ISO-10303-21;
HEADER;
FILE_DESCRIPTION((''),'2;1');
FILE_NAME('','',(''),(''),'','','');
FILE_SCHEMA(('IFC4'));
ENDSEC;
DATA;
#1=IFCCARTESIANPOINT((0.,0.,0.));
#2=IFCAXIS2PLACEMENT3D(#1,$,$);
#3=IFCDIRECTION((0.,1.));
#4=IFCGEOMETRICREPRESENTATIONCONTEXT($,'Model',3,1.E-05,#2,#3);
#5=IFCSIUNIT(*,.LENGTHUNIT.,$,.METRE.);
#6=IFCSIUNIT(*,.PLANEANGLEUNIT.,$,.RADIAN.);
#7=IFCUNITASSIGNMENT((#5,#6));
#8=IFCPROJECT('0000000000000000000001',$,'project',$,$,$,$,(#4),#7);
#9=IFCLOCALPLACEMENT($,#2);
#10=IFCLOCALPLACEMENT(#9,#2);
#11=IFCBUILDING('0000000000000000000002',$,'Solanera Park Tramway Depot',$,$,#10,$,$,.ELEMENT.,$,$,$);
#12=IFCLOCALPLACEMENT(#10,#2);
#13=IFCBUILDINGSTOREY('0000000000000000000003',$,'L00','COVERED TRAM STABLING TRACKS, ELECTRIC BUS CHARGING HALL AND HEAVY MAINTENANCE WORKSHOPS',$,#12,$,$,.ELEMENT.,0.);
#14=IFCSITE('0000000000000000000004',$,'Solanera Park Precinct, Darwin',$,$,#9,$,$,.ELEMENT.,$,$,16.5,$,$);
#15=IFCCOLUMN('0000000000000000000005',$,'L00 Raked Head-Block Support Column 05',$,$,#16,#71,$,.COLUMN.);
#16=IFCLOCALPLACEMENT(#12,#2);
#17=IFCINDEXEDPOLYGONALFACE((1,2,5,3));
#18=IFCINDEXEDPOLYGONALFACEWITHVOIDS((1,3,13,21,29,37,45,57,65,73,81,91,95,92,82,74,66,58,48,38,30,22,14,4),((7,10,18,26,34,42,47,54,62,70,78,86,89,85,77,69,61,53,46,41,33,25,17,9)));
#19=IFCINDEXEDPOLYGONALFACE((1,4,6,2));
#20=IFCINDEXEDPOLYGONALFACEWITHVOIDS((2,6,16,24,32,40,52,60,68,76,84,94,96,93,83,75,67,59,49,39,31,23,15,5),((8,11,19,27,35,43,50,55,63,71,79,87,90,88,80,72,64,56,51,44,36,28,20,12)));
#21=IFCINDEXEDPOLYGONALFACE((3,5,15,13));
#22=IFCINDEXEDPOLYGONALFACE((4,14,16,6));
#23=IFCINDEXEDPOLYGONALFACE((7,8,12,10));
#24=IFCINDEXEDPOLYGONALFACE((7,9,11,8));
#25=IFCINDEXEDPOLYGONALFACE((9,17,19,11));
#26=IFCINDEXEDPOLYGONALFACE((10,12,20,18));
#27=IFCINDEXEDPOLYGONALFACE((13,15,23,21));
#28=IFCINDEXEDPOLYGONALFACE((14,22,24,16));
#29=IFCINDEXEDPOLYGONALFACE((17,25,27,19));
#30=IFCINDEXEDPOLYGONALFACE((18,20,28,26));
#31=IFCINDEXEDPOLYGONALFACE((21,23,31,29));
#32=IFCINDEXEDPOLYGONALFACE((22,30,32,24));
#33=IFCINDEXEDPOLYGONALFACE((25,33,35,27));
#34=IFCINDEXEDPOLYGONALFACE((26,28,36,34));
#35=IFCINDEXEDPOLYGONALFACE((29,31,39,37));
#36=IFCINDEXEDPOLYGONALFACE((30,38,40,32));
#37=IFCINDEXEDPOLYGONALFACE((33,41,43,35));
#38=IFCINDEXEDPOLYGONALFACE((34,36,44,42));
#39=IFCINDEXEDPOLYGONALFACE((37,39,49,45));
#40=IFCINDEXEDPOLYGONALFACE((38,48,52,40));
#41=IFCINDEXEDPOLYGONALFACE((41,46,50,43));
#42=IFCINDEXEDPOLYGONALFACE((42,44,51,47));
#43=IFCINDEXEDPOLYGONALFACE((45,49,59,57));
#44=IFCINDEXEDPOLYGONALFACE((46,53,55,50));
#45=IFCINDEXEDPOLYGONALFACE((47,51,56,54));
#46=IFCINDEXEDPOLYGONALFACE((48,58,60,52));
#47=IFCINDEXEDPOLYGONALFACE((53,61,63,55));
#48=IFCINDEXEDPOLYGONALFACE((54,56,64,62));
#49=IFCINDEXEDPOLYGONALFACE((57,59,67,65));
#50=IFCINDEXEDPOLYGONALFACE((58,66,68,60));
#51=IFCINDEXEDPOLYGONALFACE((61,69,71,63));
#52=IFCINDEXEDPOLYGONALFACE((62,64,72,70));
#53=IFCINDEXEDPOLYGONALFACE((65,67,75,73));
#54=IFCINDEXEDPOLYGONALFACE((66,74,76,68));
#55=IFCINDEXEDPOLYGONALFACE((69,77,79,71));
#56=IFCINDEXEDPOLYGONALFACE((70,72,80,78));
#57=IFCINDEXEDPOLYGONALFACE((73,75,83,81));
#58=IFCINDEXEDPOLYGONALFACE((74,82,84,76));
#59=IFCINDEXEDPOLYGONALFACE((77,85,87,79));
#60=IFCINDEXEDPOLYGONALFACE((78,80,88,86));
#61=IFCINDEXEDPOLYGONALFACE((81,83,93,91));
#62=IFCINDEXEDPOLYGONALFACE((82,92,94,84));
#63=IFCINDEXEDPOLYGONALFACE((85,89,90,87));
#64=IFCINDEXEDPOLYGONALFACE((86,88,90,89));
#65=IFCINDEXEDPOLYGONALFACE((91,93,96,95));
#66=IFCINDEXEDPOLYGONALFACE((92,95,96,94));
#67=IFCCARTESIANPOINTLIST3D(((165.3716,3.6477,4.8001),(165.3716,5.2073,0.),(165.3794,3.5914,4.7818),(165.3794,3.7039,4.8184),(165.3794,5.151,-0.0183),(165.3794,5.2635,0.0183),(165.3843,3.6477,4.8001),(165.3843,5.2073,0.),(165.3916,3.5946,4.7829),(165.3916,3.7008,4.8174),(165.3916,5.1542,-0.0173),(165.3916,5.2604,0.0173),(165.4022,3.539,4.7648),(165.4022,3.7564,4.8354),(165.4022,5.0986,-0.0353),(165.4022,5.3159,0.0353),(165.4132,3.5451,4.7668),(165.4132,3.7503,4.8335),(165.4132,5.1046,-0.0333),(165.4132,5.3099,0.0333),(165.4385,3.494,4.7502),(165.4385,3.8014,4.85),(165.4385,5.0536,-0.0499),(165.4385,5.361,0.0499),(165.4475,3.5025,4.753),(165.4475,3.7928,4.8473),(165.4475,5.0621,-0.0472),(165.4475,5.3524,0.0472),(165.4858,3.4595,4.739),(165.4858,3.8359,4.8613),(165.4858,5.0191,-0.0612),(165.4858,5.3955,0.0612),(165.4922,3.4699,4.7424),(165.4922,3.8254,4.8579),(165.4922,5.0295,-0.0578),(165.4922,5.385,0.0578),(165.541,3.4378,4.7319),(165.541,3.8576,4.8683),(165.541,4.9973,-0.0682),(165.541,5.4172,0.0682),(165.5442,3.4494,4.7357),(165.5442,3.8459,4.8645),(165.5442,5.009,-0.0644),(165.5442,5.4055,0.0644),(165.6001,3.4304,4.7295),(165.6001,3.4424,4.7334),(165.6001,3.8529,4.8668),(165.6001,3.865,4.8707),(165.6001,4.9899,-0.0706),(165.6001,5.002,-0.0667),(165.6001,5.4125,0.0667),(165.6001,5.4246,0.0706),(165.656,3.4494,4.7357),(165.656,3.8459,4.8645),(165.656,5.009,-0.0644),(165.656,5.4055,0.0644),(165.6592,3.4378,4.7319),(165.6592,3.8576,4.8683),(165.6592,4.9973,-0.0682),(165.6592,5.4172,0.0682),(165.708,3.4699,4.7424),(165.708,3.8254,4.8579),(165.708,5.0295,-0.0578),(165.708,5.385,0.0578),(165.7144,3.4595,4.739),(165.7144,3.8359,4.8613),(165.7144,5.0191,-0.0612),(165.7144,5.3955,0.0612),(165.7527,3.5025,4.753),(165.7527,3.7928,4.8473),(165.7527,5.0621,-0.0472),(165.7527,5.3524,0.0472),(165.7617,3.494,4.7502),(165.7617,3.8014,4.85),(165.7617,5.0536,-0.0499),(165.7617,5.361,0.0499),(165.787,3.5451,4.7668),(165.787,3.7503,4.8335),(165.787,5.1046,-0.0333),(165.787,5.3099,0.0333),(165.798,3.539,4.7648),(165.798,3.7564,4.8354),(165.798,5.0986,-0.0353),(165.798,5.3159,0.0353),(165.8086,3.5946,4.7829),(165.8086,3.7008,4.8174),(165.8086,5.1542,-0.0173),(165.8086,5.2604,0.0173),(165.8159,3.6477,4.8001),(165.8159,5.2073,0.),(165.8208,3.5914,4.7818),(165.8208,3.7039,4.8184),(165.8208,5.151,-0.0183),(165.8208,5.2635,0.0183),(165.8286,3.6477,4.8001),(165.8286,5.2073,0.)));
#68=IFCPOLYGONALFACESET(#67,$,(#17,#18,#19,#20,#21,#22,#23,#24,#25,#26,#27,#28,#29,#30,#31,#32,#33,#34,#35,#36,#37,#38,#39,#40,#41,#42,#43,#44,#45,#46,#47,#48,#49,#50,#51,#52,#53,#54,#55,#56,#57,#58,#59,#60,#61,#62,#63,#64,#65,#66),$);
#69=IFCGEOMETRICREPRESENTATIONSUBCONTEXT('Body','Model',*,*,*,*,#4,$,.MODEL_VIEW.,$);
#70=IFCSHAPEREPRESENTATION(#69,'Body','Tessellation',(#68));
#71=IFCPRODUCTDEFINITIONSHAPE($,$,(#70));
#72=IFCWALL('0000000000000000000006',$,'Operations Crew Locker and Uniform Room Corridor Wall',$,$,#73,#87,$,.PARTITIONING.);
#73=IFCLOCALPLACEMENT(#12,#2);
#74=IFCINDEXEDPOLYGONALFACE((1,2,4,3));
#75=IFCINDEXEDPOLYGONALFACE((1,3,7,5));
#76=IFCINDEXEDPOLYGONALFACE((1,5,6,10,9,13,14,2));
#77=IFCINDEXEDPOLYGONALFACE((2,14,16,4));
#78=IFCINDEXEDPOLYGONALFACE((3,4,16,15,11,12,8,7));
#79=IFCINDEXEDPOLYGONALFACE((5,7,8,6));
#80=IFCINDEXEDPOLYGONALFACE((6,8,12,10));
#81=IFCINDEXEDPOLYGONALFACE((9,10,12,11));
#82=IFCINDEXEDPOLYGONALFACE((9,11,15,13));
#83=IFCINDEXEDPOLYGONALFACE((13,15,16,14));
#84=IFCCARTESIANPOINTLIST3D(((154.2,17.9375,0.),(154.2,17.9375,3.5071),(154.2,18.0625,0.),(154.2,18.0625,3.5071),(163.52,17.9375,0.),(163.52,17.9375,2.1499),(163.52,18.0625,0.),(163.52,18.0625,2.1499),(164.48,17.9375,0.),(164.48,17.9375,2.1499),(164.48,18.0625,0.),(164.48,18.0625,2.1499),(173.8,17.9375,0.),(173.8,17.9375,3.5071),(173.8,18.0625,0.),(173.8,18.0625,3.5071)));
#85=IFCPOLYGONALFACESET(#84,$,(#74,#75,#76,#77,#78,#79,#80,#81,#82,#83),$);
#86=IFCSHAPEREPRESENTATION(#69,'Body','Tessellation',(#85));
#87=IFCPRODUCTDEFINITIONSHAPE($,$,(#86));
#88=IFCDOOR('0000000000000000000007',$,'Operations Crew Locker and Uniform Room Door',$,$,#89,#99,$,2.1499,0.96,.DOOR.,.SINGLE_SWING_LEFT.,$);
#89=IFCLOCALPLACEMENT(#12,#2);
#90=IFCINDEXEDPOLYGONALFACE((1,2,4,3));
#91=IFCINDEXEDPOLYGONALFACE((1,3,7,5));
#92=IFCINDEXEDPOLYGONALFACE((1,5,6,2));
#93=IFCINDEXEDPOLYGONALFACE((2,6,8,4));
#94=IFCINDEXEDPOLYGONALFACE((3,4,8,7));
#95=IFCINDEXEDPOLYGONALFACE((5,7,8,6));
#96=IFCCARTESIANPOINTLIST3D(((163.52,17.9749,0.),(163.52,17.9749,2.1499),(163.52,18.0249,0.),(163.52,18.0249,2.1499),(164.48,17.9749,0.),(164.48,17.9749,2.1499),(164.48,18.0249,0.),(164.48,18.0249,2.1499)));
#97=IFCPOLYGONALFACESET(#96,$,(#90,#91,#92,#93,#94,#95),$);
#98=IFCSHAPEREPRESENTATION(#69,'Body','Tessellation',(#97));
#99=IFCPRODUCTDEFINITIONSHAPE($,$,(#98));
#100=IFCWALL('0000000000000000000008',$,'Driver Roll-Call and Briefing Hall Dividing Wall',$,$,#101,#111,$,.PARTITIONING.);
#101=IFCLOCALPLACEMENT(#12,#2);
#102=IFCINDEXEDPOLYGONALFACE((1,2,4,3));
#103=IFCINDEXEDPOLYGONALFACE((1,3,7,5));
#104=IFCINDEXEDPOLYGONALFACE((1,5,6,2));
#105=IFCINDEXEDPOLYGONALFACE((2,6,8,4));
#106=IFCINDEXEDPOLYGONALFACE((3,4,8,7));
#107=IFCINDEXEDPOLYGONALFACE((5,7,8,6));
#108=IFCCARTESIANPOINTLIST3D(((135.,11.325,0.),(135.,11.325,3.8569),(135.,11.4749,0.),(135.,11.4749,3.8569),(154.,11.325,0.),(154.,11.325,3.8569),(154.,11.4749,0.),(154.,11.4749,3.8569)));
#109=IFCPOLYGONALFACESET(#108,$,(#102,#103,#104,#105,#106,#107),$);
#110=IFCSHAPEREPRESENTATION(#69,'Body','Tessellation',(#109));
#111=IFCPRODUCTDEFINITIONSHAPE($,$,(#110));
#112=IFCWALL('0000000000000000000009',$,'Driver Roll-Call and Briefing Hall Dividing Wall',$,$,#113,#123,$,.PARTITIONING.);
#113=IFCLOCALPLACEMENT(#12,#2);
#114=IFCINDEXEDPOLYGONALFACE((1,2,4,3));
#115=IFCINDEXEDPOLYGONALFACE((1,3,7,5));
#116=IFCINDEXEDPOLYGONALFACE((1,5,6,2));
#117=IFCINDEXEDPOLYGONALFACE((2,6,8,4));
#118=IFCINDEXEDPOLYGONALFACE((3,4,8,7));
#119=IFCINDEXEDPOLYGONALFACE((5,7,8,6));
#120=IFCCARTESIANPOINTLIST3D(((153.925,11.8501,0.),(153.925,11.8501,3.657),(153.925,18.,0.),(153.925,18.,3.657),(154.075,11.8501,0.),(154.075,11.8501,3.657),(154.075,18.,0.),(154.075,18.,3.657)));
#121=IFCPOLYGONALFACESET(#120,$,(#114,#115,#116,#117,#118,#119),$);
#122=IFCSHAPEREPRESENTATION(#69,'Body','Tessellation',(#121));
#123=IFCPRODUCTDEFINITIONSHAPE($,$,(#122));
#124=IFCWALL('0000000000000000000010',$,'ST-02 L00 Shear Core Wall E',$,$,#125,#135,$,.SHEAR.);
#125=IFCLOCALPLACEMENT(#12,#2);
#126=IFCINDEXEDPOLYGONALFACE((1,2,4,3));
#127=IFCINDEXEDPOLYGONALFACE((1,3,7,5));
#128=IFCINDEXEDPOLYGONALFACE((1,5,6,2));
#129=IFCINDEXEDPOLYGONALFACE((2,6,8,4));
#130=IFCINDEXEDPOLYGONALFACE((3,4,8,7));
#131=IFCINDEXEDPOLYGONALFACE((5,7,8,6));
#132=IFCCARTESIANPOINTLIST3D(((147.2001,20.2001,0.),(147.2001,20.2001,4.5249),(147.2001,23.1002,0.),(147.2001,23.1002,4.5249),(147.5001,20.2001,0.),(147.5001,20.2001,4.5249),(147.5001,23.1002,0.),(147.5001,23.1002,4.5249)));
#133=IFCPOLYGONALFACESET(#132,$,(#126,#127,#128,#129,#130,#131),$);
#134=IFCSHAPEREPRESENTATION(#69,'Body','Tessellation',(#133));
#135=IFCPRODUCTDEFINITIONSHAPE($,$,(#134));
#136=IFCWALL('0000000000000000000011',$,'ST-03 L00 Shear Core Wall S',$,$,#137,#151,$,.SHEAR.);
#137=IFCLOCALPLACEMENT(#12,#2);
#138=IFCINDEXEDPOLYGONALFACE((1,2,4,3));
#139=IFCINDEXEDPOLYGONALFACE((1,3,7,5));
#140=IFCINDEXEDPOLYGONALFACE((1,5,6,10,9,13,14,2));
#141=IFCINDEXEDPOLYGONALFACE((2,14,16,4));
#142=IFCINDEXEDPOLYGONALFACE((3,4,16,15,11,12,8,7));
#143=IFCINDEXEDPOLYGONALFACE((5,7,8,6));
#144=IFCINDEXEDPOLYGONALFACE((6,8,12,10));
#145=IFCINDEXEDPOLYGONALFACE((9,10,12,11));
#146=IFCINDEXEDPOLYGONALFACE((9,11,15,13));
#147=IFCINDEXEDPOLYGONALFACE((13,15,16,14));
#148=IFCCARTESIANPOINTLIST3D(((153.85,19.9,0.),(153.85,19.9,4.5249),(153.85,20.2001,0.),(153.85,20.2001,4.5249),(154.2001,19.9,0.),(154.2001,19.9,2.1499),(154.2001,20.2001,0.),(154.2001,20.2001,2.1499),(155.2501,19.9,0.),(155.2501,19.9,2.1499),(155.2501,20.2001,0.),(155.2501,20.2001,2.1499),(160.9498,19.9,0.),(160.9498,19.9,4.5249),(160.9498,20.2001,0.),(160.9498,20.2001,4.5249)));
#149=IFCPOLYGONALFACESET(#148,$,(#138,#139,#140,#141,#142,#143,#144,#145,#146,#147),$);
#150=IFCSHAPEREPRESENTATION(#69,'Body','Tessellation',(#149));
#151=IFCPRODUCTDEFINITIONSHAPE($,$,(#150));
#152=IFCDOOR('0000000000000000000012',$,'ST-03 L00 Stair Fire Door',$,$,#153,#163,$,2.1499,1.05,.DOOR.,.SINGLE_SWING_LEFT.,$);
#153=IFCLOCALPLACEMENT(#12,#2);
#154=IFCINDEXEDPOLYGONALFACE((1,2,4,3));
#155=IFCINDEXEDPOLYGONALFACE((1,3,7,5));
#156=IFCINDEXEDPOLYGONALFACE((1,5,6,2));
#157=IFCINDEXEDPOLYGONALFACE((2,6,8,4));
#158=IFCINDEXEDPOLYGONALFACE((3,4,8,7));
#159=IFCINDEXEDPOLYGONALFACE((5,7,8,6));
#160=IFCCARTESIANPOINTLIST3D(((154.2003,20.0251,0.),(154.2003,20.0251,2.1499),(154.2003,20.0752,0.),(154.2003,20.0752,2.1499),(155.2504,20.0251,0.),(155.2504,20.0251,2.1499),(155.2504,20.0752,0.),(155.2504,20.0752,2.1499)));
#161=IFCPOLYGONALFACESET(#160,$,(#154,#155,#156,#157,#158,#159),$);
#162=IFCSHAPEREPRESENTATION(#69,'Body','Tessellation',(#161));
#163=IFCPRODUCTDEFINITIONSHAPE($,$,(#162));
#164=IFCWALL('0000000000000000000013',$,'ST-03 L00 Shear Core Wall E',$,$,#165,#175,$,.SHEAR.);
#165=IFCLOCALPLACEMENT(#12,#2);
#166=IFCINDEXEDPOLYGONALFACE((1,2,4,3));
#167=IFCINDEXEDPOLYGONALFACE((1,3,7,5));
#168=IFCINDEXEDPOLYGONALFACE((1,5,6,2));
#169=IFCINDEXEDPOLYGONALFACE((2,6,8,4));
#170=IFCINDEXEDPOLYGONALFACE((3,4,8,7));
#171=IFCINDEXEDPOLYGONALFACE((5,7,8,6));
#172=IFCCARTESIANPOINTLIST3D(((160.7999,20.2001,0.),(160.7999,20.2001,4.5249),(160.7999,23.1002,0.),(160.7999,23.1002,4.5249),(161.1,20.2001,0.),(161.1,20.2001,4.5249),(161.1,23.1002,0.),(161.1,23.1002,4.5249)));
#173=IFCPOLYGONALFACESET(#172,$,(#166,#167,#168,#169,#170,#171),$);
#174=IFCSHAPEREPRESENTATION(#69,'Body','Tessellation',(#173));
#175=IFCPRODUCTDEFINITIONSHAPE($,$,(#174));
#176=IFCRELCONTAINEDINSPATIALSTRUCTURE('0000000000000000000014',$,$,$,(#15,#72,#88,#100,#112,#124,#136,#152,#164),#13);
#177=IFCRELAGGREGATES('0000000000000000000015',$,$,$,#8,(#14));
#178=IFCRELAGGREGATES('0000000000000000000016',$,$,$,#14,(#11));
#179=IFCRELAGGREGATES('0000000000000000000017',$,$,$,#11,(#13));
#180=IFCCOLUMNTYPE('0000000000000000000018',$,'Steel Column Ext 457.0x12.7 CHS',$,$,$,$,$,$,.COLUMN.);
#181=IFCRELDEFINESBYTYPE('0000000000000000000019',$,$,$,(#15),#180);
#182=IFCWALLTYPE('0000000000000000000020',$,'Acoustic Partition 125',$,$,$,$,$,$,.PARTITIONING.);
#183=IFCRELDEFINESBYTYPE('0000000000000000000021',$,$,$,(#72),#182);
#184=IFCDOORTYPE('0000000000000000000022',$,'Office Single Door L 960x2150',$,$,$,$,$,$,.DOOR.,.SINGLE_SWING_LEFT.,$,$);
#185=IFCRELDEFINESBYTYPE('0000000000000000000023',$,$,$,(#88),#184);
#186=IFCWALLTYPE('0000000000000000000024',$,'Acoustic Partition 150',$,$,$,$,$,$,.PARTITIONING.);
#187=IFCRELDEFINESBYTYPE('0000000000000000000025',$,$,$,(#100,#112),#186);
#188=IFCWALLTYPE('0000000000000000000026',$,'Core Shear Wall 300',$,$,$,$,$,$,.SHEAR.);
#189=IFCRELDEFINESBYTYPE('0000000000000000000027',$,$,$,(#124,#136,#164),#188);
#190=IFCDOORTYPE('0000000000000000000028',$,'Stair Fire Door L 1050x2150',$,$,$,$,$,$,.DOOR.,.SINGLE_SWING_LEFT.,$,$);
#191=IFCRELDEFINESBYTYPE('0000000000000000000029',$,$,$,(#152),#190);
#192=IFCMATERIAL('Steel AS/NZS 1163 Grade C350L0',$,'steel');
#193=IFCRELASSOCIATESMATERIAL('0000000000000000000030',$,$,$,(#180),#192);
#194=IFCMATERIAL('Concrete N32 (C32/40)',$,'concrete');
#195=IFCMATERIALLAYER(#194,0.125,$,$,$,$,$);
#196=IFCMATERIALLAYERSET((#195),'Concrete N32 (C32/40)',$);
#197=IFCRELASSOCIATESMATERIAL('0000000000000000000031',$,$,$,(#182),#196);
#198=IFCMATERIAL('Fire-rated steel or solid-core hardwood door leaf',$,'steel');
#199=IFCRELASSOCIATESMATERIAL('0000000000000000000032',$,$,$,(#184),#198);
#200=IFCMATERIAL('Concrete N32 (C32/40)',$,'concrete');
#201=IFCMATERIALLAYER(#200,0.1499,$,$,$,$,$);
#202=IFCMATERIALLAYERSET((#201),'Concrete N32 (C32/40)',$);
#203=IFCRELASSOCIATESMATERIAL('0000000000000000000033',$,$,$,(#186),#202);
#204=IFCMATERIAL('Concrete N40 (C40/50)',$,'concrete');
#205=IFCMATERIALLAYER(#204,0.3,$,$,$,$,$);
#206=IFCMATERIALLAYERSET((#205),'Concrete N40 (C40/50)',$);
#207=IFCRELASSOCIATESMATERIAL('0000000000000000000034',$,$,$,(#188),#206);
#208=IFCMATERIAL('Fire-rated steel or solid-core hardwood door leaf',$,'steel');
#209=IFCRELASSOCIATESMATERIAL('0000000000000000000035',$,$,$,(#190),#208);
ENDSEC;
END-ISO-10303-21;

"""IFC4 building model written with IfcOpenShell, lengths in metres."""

from ifc_helpers import new_model, si_unit, direction, frame, frame_2d, origin, origin_2d, place, context, subcontext, project, spatial, rectangle, hollow_circle, extrude, material, layer, layer_set, material_profile, profile_set, type_object, element, fill, save


model = new_model("IFC4")

# Units and contexts
model_context = context("Model", 3, precision=1e-05, world=origin(), true_north=direction((0.0, 1.0)))
body_context = subcontext(model_context, "Body", "Model", "MODEL_VIEW")
ifc_project = project(units=[si_unit("LENGTHUNIT", "METRE"), si_unit("PLANEANGLEUNIT", "RADIAN")], contexts=[model_context])

# Site, building, storey
site_placement = place(None, origin())
site = spatial("IfcSite", under=ifc_project, at=site_placement, Name="Solanera Park Precinct, Darwin", CompositionType="ELEMENT", RefElevation=16.5)
building_placement = place(site_placement, origin())
building = spatial("IfcBuilding", under=site, at=building_placement, Name="Solanera Park Tramway Depot", CompositionType="ELEMENT")
storey_placement = place(building_placement, origin())
storey = spatial("IfcBuildingStorey", under=building, at=storey_placement, Name="L00", Description="COVERED TRAM STABLING TRACKS, ELECTRIC BUS CHARGING HALL AND HEAVY MAINTENANCE WORKSHOPS", CompositionType="ELEMENT", Elevation=0.0)

# Column
ifc_material_1 = material(Name="Steel AS/NZS 1163 Grade C350L0", Category="steel")
ifc_material_profile_1 = material_profile(ifc_material_1, hollow_circle(Radius=0.2285, WallThickness=0.0127, at=origin_2d()), Name="457.0x12.7 CHS")
ifc_profile_set_1 = profile_set([ifc_material_profile_1], Name="Steel AS/NZS 1163 Grade C350L0")
column_type_1 = type_object("IfcColumnType", Name="Steel Column Ext 457.0x12.7 CHS", PredefinedType="COLUMN", material=ifc_profile_set_1)
for number, where, z_axis, x_axis, name in (
    (1, (165.6001, 5.2073, 0.0), (0.0, -0.309006, 0.95106), (1.0, 0.0, 0.0), "L00 Raked Head-Block Support Column 05"),
):
    element("IfcColumn", number, at=place(storey_placement, frame(where, z_axis=z_axis, x_axis=x_axis)), inside=storey, type_object=column_type_1, Name=name, PredefinedType="COLUMN", context=body_context, shape_type="SweptSolid", body=[
        extrude(hollow_circle(Radius=0.2285, WallThickness=0.0127, at=origin_2d()), origin(), (0.0, 0.0, 1.0), 5.0471),
    ])

# Wall, opening, door
ifc_material_2 = material(Name="Concrete N32 (C32/40)", Category="concrete")
ifc_layer_1 = layer(ifc_material_2, 0.125)
ifc_layer_set_1 = layer_set([ifc_layer_1], Name="Concrete N32 (C32/40)")
wall_type_1 = type_object("IfcWallType", Name="Acoustic Partition 125", PredefinedType="PARTITIONING", material=ifc_layer_set_1)
wall_1_placement = place(storey_placement, frame((154.2, 18.0, 0.0), z_axis=(0.0, 0.0, 1.0), x_axis=(1.0, 0.0, 0.0)))
wall_1 = element("IfcWall", 2, at=wall_1_placement, inside=storey, type_object=wall_type_1, Name="Operations Crew Locker and Uniform Room Corridor Wall", PredefinedType="PARTITIONING", context=body_context, shape_type="SweptSolid", body=[
    extrude(rectangle(XDim=19.6001, YDim=0.125, at=frame_2d((9.8, 0.0))), origin(), (0.0, 0.0, 1.0), 3.5071),
])
opening_1_placement = place(wall_1_placement, frame((9.3201, 0.0, 0.0)))
opening_1 = element("IfcOpeningElement", 3, at=opening_1_placement, cuts=wall_1, PredefinedType="OPENING", context=body_context, shape_type="SweptSolid", body=[
    extrude(rectangle(XDim=0.96, YDim=2.1499, at=frame_2d((0.48, 1.075))), frame((0.0, 0.0725, 0.0), z_axis=(0.0, -1.0, 0.0), x_axis=(1.0, 0.0, 0.0)), (0.0, 0.0, 1.0), 0.145),
])
ifc_material_3 = material(Name="Fire-rated steel or solid-core hardwood door leaf", Category="steel")
door_type_1 = type_object("IfcDoorType", Name="Office Single Door L 960x2150", OperationType="SINGLE_SWING_LEFT", PredefinedType="DOOR", material=ifc_material_3)
door_1_placement = place(opening_1_placement, origin())
door_1 = element("IfcDoor", 4, at=door_1_placement, inside=storey, type_object=door_type_1, Name="Operations Crew Locker and Uniform Room Door", OperationType="SINGLE_SWING_LEFT", OverallHeight=2.1499, OverallWidth=0.96, PredefinedType="DOOR", context=body_context, shape_type="SweptSolid", body=[
    extrude(rectangle(XDim=0.96, YDim=2.1499, at=frame_2d((0.48, 1.075))), frame((0.0, 0.0249, 0.0), z_axis=(0.0, -1.0, 0.0), x_axis=(1.0, 0.0, 0.0)), (0.0, 0.0, 1.0), 0.05),
])
fill(opening_1, door_1)

# Walls
ifc_material_4 = material(Name="Concrete N32 (C32/40)", Category="concrete")
ifc_layer_2 = layer(ifc_material_4, 0.1499)
ifc_layer_set_2 = layer_set([ifc_layer_2], Name="Concrete N32 (C32/40)")
wall_type_2 = type_object("IfcWallType", Name="Acoustic Partition 150", PredefinedType="PARTITIONING", material=ifc_layer_set_2)
wall_2_placement = place(storey_placement, frame((154.0, 11.3999, 0.0), z_axis=(0.0, 0.0, 1.0), x_axis=(-1.0, 0.0, 0.0)))
element("IfcWall", 5, at=wall_2_placement, inside=storey, type_object=wall_type_2, Name="Driver Roll-Call and Briefing Hall Dividing Wall", PredefinedType="PARTITIONING", context=body_context, shape_type="SweptSolid", body=[
    extrude(rectangle(XDim=19.0, YDim=0.1499, at=frame_2d((9.5, 0.0))), origin(), (0.0, 0.0, 1.0), 3.8569),
])
wall_3_placement = place(storey_placement, frame((154.0, 11.8501, 0.0), z_axis=(0.0, 0.0, 1.0), x_axis=(0.0, 1.0, 0.0)))
element("IfcWall", 6, at=wall_3_placement, inside=storey, type_object=wall_type_2, Name="Driver Roll-Call and Briefing Hall Dividing Wall", PredefinedType="PARTITIONING", context=body_context, shape_type="SweptSolid", body=[
    extrude(rectangle(XDim=6.1499, YDim=0.1499, at=frame_2d((3.075, 0.0))), origin(), (0.0, 0.0, 1.0), 3.657),
])
ifc_material_5 = material(Name="Concrete N40 (C40/50)", Category="concrete")
ifc_layer_3 = layer(ifc_material_5, 0.3)
ifc_layer_set_3 = layer_set([ifc_layer_3], Name="Concrete N40 (C40/50)")
wall_type_3 = type_object("IfcWallType", Name="Core Shear Wall 300", PredefinedType="SHEAR", material=ifc_layer_set_3)
wall_4_placement = place(storey_placement, frame((147.3501, 20.2, 0.0), z_axis=(0.0, 0.0, 1.0), x_axis=(0.0, 1.0, 0.0)))
element("IfcWall", 7, at=wall_4_placement, inside=storey, type_object=wall_type_3, Name="ST-02 L00 Shear Core Wall E", PredefinedType="SHEAR", context=body_context, shape_type="SweptSolid", body=[
    extrude(rectangle(XDim=2.9001, YDim=0.3, at=frame_2d((1.4502, 0.0))), origin(), (0.0, 0.0, 1.0), 4.5249),
])

# Wall, opening, door
wall_5_placement = place(storey_placement, frame((153.8501, 20.05, 0.0), z_axis=(0.0, 0.0, 1.0), x_axis=(1.0, 0.0, 0.0)))
wall_5 = element("IfcWall", 8, at=wall_5_placement, inside=storey, type_object=wall_type_3, Name="ST-03 L00 Shear Core Wall S", PredefinedType="SHEAR", context=body_context, shape_type="SweptSolid", body=[
    extrude(rectangle(XDim=7.0999, YDim=0.3, at=frame_2d((3.5498, 0.0))), origin(), (0.0, 0.0, 1.0), 4.5249),
])
opening_2_placement = place(wall_5_placement, frame((0.3501, 0.0, 0.0)))
opening_2 = element("IfcOpeningElement", 9, at=opening_2_placement, cuts=wall_5, PredefinedType="OPENING", context=body_context, shape_type="SweptSolid", body=[
    extrude(rectangle(XDim=1.05, YDim=2.1499, at=frame_2d((0.5249, 1.075))), frame((0.0, 0.1602, 0.0), z_axis=(0.0, -1.0, 0.0), x_axis=(1.0, 0.0, 0.0)), (0.0, 0.0, 1.0), 0.3201),
])
ifc_material_6 = material(Name="Fire-rated steel or solid-core hardwood door leaf", Category="steel")
door_type_2 = type_object("IfcDoorType", Name="Stair Fire Door L 1050x2150", OperationType="SINGLE_SWING_LEFT", PredefinedType="DOOR", material=ifc_material_6)
door_2_placement = place(opening_2_placement, frame((1.05, 0.0, 0.0), z_axis=(0.0, 0.0, 1.0), x_axis=(-1.0, 0.0, 0.0)))
door_2 = element("IfcDoor", 10, at=door_2_placement, inside=storey, type_object=door_type_2, Name="ST-03 L00 Stair Fire Door", OperationType="SINGLE_SWING_LEFT", OverallHeight=2.1499, OverallWidth=1.05, PredefinedType="DOOR", context=body_context, shape_type="SweptSolid", body=[
    extrude(rectangle(XDim=1.05, YDim=2.1499, at=frame_2d((0.5249, 1.075))), frame((0.0, 0.0249, 0.0), z_axis=(0.0, -1.0, 0.0), x_axis=(1.0, 0.0, 0.0)), (0.0, 0.0, 1.0), 0.05),
])
fill(opening_2, door_2)

# Wall
wall_6_placement = place(storey_placement, frame((160.95, 20.2, 0.0), z_axis=(0.0, 0.0, 1.0), x_axis=(0.0, 1.0, 0.0)))
element("IfcWall", 11, at=wall_6_placement, inside=storey, type_object=wall_type_3, Name="ST-03 L00 Shear Core Wall E", PredefinedType="SHEAR", context=body_context, shape_type="SweptSolid", body=[
    extrude(rectangle(XDim=2.9001, YDim=0.3, at=frame_2d((1.4502, 0.0))), origin(), (0.0, 0.0, 1.0), 4.5249),
])

save(model, "model.ifc")
